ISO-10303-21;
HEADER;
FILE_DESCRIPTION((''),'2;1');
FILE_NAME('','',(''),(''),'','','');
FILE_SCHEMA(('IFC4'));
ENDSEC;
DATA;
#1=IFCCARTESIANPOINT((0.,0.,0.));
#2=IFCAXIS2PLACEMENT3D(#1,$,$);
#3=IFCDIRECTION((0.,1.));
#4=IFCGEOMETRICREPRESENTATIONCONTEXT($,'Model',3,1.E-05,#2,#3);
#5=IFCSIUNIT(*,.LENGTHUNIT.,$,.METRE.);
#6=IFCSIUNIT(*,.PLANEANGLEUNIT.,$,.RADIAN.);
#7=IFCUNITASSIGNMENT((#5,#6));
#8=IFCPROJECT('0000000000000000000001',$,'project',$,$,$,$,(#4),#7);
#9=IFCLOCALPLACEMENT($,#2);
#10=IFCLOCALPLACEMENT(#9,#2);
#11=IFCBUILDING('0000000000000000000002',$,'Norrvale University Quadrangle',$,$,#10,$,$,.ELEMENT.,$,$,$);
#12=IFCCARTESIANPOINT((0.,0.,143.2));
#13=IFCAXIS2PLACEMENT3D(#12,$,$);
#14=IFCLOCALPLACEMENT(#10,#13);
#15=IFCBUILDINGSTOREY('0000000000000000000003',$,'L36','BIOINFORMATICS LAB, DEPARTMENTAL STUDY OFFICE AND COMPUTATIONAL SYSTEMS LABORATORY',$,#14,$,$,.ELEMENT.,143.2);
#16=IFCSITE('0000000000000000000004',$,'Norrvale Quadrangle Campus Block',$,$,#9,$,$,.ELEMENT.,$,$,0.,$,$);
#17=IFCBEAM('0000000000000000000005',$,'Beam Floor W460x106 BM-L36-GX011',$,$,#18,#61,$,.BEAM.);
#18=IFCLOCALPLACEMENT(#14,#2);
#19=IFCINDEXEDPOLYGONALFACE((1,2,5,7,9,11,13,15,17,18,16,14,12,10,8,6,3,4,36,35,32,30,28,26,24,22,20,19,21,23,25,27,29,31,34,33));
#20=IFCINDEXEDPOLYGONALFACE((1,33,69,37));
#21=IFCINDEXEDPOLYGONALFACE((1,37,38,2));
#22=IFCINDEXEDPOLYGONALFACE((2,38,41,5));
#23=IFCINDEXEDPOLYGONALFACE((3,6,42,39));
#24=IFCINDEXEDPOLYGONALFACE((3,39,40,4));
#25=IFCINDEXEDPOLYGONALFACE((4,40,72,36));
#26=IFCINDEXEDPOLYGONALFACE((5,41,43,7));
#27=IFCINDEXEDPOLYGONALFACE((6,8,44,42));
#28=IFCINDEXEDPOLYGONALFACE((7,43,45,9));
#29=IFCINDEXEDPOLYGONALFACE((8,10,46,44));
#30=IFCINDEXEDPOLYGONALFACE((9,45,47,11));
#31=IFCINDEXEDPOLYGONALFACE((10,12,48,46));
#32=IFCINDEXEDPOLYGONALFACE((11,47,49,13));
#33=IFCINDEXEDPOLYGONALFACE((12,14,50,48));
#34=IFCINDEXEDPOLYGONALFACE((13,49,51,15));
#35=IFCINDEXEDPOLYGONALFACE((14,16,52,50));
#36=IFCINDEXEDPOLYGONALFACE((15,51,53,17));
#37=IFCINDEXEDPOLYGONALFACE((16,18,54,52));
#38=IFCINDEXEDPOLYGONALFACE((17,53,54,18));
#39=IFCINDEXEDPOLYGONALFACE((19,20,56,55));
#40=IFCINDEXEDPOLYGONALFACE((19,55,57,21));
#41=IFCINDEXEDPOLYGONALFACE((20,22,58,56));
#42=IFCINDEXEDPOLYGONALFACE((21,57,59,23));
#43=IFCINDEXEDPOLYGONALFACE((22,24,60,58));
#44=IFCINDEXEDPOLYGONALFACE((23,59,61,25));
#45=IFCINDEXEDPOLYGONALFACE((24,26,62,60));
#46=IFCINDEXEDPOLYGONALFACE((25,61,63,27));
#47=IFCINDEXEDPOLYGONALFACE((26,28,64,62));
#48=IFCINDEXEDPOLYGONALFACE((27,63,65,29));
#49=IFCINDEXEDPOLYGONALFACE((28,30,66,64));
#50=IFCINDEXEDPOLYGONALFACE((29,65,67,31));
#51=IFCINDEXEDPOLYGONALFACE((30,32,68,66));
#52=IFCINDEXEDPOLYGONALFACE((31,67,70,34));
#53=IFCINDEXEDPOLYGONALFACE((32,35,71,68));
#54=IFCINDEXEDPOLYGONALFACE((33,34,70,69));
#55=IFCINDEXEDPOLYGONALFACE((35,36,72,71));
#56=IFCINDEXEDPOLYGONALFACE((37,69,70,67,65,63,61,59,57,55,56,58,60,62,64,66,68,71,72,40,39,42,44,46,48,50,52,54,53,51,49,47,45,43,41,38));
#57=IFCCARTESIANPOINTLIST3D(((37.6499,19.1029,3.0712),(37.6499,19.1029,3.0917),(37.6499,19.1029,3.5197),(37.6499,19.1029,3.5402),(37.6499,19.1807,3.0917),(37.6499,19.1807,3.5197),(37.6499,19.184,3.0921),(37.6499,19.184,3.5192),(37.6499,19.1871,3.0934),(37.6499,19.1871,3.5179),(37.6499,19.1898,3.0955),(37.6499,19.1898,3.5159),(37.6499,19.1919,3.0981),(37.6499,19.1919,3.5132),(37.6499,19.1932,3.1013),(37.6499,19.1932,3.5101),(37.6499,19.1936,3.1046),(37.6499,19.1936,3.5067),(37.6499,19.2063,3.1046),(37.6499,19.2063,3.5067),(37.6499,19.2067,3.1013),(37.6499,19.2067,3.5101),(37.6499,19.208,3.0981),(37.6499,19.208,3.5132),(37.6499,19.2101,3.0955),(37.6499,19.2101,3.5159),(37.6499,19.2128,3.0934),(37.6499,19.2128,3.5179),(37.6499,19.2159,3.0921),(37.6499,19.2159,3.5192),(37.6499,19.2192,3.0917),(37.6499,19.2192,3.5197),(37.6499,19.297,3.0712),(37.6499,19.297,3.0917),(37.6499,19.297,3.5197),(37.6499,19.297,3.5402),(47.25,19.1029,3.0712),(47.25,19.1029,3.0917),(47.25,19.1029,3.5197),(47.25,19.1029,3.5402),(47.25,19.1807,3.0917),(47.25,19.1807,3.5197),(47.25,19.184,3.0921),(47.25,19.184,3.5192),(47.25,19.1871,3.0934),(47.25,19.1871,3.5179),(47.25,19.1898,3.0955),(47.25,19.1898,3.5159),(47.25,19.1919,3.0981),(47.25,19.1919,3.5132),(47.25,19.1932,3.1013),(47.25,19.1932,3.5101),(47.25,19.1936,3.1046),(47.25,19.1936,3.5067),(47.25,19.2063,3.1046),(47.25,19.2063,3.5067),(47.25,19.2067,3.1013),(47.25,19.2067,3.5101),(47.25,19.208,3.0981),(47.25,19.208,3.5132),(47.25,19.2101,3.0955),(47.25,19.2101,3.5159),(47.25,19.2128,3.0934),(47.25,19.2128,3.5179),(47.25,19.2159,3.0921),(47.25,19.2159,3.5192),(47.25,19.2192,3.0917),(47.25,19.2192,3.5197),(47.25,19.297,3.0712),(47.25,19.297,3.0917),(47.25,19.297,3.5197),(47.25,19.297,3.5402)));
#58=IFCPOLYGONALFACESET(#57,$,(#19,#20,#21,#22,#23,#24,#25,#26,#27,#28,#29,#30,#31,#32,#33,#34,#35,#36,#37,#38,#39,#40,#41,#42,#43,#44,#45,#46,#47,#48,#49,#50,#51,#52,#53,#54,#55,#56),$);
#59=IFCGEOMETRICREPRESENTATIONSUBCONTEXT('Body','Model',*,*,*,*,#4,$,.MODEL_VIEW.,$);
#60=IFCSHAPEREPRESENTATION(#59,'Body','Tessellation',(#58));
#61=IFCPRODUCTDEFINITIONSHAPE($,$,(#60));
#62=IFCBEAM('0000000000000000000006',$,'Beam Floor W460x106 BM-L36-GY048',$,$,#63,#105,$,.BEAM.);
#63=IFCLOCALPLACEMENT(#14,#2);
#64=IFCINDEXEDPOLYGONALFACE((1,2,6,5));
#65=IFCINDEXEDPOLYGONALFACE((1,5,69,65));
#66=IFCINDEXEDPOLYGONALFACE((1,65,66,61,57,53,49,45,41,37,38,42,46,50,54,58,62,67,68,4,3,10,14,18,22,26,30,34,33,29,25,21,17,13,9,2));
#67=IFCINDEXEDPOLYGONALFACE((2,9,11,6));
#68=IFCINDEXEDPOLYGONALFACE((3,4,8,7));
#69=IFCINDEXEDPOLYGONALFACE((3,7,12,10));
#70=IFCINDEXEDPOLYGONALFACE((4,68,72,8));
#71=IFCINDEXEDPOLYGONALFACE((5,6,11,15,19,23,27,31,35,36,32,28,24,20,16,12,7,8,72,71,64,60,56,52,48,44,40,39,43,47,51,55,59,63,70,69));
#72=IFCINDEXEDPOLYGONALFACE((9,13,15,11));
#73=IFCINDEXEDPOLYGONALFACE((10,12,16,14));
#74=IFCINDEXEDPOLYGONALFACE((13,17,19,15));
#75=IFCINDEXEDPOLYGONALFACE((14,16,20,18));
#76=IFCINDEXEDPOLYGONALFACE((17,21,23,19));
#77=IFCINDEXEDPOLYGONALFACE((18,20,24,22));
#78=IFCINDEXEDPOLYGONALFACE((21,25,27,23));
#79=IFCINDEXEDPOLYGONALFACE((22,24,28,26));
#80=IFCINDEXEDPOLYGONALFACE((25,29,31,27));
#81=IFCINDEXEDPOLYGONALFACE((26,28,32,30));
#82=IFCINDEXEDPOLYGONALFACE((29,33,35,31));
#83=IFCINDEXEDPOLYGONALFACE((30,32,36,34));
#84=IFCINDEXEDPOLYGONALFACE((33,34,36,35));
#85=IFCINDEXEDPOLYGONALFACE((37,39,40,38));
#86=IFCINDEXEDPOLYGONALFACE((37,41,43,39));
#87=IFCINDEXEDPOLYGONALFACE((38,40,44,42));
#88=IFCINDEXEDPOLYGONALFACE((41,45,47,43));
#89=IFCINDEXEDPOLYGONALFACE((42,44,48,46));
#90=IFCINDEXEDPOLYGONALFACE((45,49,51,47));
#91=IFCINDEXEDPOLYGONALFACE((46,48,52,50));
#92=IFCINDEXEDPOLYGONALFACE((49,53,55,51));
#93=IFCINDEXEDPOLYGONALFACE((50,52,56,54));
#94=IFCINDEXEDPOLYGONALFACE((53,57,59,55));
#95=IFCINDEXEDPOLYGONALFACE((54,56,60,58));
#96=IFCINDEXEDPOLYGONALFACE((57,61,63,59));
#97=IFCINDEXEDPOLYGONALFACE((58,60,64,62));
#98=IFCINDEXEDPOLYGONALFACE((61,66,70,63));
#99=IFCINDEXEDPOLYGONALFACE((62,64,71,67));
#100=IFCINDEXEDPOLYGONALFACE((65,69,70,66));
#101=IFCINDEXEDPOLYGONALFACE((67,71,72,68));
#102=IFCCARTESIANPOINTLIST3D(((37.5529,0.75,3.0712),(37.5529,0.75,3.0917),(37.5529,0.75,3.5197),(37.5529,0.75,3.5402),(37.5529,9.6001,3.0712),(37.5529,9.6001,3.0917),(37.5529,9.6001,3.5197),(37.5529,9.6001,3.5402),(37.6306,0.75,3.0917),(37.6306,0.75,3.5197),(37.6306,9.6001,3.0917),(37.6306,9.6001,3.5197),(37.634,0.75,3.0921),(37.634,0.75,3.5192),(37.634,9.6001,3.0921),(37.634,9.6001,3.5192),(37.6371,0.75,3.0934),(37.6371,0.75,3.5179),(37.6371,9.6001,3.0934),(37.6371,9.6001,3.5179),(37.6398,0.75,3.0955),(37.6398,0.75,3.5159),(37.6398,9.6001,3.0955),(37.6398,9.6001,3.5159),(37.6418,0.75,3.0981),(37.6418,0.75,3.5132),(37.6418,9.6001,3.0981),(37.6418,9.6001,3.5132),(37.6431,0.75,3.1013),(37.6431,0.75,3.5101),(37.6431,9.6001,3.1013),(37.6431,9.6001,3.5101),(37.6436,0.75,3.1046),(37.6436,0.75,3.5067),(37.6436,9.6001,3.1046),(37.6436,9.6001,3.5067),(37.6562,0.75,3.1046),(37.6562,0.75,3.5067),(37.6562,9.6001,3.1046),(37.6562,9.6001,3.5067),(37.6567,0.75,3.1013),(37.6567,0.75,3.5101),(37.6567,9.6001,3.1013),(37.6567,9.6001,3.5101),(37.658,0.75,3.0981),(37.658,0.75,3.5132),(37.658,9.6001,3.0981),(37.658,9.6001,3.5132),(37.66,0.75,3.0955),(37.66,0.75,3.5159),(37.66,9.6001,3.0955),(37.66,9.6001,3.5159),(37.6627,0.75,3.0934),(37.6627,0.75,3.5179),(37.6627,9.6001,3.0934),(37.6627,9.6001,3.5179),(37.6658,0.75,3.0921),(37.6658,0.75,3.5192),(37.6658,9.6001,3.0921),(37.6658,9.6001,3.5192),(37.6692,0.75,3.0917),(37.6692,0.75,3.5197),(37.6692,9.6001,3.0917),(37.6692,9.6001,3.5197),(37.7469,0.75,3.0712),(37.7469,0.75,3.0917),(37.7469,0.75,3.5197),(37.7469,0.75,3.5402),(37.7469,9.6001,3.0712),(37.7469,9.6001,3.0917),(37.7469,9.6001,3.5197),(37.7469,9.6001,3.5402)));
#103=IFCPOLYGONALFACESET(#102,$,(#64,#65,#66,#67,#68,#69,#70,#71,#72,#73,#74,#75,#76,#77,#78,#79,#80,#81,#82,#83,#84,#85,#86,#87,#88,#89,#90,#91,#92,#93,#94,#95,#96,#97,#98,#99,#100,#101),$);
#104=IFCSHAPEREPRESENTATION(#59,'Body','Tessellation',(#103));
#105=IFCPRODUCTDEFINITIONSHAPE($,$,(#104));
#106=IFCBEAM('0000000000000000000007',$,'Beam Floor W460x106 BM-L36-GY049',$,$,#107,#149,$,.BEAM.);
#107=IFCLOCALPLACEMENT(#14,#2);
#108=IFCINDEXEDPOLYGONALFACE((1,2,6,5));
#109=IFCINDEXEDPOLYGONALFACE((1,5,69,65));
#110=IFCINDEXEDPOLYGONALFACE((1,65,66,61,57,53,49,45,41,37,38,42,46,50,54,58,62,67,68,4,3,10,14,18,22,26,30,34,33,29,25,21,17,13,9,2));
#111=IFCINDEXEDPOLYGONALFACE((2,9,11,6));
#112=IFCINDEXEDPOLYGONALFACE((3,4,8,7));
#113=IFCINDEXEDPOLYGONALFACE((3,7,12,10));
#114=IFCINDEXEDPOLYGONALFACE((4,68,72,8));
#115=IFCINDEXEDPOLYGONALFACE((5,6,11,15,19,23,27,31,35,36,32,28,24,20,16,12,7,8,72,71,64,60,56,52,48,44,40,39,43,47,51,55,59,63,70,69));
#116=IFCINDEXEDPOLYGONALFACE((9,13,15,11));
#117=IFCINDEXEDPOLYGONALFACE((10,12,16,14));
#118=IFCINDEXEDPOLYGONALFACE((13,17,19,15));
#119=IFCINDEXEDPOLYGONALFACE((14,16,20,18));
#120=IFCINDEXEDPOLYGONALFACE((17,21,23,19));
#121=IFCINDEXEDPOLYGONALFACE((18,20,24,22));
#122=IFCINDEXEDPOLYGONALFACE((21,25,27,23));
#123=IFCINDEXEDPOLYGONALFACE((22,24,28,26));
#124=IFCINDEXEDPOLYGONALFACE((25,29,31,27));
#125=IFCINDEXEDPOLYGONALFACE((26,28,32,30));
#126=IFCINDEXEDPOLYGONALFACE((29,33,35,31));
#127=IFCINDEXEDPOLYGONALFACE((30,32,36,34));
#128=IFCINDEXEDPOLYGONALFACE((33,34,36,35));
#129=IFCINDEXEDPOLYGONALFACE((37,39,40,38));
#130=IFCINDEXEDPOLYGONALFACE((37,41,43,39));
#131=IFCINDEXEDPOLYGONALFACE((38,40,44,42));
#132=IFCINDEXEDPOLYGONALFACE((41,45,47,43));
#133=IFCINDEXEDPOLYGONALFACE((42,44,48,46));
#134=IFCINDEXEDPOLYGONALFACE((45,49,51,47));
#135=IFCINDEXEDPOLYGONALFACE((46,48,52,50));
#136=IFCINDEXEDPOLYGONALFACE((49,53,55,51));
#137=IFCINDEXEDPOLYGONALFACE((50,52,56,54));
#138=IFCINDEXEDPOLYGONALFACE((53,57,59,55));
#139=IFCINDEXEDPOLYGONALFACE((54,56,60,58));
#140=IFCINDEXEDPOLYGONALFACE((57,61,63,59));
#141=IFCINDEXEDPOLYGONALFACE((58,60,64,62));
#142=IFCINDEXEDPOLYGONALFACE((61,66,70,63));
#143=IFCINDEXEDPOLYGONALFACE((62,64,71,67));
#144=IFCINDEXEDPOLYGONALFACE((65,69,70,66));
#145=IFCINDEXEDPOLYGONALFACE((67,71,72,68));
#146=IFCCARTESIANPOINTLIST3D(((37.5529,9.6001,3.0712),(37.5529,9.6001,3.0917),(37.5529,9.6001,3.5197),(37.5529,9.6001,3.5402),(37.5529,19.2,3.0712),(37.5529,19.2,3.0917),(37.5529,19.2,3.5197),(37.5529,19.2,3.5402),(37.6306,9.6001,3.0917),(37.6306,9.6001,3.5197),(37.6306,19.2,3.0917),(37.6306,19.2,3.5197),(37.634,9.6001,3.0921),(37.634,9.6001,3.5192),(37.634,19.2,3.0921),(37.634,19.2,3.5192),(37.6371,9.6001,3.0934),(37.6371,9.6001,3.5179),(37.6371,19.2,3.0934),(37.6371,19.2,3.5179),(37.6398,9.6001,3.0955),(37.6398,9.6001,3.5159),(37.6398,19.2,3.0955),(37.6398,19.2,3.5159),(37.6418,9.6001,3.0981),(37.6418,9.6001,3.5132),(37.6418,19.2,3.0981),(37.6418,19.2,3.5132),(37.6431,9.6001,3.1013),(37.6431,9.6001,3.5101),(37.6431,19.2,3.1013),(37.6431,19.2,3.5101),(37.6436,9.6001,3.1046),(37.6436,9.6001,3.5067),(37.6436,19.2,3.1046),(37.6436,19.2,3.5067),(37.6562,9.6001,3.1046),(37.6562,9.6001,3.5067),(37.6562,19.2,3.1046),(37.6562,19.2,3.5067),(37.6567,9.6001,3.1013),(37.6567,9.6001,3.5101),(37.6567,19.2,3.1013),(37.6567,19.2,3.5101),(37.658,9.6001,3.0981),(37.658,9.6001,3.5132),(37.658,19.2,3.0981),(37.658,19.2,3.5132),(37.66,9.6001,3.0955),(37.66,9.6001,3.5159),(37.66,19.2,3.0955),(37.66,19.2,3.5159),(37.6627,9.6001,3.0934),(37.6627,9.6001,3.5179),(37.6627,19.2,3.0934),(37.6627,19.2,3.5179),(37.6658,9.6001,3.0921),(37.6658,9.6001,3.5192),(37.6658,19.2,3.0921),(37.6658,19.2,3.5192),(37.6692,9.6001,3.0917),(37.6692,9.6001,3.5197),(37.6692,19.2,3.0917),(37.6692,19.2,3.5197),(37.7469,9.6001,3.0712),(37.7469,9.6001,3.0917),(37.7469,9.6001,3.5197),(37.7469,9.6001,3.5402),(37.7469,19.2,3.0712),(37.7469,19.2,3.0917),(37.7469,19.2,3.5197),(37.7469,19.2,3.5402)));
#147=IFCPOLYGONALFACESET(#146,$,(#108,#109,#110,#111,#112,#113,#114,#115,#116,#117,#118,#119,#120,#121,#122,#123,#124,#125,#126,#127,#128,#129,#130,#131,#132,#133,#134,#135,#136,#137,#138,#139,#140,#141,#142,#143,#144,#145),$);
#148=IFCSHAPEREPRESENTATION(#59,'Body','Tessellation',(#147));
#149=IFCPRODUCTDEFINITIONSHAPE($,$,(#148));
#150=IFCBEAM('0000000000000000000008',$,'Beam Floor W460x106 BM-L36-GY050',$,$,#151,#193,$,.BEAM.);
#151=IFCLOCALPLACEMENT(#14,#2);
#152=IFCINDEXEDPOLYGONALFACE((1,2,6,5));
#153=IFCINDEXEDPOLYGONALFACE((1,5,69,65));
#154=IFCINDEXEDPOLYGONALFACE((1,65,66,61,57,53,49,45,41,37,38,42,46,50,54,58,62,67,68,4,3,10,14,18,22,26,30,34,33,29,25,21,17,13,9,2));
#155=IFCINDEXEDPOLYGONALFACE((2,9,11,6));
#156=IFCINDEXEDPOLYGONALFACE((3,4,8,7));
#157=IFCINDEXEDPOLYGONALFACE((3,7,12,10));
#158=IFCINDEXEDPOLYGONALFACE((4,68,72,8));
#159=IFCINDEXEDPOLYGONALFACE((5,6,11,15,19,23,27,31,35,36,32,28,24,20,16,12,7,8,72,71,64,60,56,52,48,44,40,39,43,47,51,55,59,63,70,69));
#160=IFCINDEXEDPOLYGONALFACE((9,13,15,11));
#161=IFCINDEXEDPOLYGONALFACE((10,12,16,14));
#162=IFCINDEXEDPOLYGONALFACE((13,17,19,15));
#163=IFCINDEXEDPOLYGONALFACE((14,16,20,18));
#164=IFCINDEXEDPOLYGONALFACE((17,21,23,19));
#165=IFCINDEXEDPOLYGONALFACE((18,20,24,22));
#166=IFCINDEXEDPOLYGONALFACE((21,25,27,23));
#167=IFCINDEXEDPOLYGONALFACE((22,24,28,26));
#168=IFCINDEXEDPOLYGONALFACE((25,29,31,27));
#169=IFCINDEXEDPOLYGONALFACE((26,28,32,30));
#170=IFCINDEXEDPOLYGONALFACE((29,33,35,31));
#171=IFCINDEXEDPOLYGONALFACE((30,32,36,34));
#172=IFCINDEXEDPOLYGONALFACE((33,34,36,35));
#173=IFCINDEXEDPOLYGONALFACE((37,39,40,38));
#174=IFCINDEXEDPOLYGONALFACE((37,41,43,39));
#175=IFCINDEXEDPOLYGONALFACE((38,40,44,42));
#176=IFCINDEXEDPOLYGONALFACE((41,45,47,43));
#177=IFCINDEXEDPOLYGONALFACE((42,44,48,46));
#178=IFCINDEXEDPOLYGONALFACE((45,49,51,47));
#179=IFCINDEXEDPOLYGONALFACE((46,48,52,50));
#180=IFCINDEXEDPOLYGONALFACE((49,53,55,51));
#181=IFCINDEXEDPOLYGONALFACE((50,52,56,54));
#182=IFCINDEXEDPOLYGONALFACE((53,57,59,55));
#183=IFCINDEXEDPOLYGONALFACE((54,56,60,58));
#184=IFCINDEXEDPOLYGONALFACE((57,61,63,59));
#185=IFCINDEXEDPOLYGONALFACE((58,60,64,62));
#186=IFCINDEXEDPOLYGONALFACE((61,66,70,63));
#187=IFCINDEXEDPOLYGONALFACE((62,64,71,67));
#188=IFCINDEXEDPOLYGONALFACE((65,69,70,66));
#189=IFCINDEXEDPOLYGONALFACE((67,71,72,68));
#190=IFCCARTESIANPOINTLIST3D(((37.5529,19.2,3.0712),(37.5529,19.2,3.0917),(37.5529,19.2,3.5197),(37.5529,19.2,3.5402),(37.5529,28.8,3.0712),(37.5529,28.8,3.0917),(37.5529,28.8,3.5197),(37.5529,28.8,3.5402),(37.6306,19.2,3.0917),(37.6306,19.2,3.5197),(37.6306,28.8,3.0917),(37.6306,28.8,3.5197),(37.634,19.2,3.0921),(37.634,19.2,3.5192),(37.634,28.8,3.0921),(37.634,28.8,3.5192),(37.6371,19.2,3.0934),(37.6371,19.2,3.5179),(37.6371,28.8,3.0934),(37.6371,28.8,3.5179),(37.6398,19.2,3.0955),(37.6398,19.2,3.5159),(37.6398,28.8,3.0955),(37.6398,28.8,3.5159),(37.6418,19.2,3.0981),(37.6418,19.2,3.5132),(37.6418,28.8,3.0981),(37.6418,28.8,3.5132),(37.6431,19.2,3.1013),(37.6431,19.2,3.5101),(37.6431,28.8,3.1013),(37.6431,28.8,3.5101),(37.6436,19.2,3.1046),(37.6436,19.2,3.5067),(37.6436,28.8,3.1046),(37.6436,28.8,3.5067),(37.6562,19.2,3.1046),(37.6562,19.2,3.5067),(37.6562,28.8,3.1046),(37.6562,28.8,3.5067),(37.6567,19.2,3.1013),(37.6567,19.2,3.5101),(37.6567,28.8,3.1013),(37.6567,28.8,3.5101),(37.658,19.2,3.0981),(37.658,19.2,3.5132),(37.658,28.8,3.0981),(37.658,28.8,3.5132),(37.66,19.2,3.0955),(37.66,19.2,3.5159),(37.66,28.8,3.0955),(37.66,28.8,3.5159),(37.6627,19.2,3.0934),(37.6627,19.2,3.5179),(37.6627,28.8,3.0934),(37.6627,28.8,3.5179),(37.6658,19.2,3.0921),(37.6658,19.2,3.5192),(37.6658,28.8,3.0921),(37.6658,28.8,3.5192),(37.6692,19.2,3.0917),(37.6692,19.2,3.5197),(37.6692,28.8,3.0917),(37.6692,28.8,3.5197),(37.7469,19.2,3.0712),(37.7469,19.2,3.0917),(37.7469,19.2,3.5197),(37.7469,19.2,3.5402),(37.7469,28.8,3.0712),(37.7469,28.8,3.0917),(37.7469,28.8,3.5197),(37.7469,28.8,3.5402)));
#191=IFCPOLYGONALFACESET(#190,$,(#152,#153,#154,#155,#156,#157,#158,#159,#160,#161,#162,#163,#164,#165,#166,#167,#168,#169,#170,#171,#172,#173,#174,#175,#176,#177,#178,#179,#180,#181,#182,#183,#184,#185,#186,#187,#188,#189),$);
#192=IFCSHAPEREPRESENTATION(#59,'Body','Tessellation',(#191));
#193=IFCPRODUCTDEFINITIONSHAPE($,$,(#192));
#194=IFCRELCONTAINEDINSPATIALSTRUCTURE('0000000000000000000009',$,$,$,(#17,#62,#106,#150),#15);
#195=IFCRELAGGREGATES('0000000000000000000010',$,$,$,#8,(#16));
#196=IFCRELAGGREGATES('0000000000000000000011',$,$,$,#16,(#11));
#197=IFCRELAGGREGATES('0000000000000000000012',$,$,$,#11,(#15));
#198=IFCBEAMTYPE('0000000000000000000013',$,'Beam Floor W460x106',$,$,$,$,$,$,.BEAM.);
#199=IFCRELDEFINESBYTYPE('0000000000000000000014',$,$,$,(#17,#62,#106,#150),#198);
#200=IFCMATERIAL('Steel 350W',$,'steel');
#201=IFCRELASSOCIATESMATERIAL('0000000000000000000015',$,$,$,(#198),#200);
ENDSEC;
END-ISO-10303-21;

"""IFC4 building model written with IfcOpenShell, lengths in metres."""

from ifc_helpers import new_model, si_unit, direction, frame, origin, origin_2d, place, context, subcontext, project, spatial, i_section, extrude, material, material_profile, profile_set, type_object, element, save


model = new_model("IFC4")

# Units and contexts
model_context = context("Model", 3, precision=1e-05, world=origin(), true_north=direction((0.0, 1.0)))
body_context = subcontext(model_context, "Body", "Model", "MODEL_VIEW")
ifc_project = project(units=[si_unit("LENGTHUNIT", "METRE"), si_unit("PLANEANGLEUNIT", "RADIAN")], contexts=[model_context])

# Site, building, storey
site_placement = place(None, origin())
site = spatial("IfcSite", under=ifc_project, at=site_placement, Name="Norrvale Quadrangle Campus Block", CompositionType="ELEMENT", RefElevation=0.0)
building_placement = place(site_placement, origin())
building = spatial("IfcBuilding", under=site, at=building_placement, Name="Norrvale University Quadrangle", CompositionType="ELEMENT")
storey_placement = place(building_placement, frame((0.0, 0.0, 143.2)))
storey = spatial("IfcBuildingStorey", under=building, at=storey_placement, Name="L36", Description="BIOINFORMATICS LAB, DEPARTMENTAL STUDY OFFICE AND COMPUTATIONAL SYSTEMS LABORATORY", CompositionType="ELEMENT", Elevation=143.2)

# Beams
ifc_material_1 = material(Name="Steel 350W", Category="steel")
ifc_material_profile_1 = material_profile(ifc_material_1, i_section(OverallWidth=0.1941, OverallDepth=0.469, WebThickness=0.0127, FlangeThickness=0.0205, FilletRadius=0.0129, at=origin_2d()), Name="Steel 350W")
ifc_profile_set_1 = profile_set([ifc_material_profile_1], Name="Steel 350W")
beam_type_1 = type_object("IfcBeamType", Name="Beam Floor W460x106", PredefinedType="BEAM", material=ifc_profile_set_1)
for number, where, z_axis, x_axis, name in (
    (1, (37.6499, 19.2, 3.3057), (1.0, 0.0, 0.0), (0.0, 1.0, 0.0), "Beam Floor W460x106 BM-L36-GX011"),
):
    element("IfcBeam", number, at=place(storey_placement, frame(where, z_axis=z_axis, x_axis=x_axis)), inside=storey, type_object=beam_type_1, Name=name, PredefinedType="BEAM", context=body_context, shape_type="SweptSolid", body=[
        extrude(i_section(OverallWidth=0.1941, OverallDepth=0.469, WebThickness=0.0127, FlangeThickness=0.0205, FilletRadius=0.0129, at=origin_2d()), origin(), (0.0, 0.0, 1.0), 9.6001),
    ])
beam_1_placement = place(storey_placement, frame((37.6499, 0.75, 3.3057), z_axis=(0.0, 1.0, 0.0), x_axis=(-1.0, 0.0, 0.0)))
element("IfcBeam", 2, at=beam_1_placement, inside=storey, type_object=beam_type_1, Name="Beam Floor W460x106 BM-L36-GY048", PredefinedType="BEAM", context=body_context, shape_type="SweptSolid", body=[
    extrude(i_section(OverallWidth=0.1941, OverallDepth=0.469, WebThickness=0.0127, FlangeThickness=0.0205, FilletRadius=0.0129, at=origin_2d()), origin(), (0.0, 0.0, 1.0), 8.8501),
])
beam_2_placement = place(storey_placement, frame((37.6499, 9.6001, 3.3057), z_axis=(0.0, 1.0, 0.0), x_axis=(-1.0, 0.0, 0.0)))
element("IfcBeam", 3, at=beam_2_placement, inside=storey, type_object=beam_type_1, Name="Beam Floor W460x106 BM-L36-GY049", PredefinedType="BEAM", context=body_context, shape_type="SweptSolid", body=[
    extrude(i_section(OverallWidth=0.1941, OverallDepth=0.469, WebThickness=0.0127, FlangeThickness=0.0205, FilletRadius=0.0129, at=origin_2d()), origin(), (0.0, 0.0, 1.0), 9.5999),
])
beam_3_placement = place(storey_placement, frame((37.6499, 19.2, 3.3057), z_axis=(0.0, 1.0, 0.0), x_axis=(-1.0, 0.0, 0.0)))
element("IfcBeam", 4, at=beam_3_placement, inside=storey, type_object=beam_type_1, Name="Beam Floor W460x106 BM-L36-GY050", PredefinedType="BEAM", context=body_context, shape_type="SweptSolid", body=[
    extrude(i_section(OverallWidth=0.1941, OverallDepth=0.469, WebThickness=0.0127, FlangeThickness=0.0205, FilletRadius=0.0129, at=origin_2d()), origin(), (0.0, 0.0, 1.0), 9.6001),
])

save(model, "model.ifc")
